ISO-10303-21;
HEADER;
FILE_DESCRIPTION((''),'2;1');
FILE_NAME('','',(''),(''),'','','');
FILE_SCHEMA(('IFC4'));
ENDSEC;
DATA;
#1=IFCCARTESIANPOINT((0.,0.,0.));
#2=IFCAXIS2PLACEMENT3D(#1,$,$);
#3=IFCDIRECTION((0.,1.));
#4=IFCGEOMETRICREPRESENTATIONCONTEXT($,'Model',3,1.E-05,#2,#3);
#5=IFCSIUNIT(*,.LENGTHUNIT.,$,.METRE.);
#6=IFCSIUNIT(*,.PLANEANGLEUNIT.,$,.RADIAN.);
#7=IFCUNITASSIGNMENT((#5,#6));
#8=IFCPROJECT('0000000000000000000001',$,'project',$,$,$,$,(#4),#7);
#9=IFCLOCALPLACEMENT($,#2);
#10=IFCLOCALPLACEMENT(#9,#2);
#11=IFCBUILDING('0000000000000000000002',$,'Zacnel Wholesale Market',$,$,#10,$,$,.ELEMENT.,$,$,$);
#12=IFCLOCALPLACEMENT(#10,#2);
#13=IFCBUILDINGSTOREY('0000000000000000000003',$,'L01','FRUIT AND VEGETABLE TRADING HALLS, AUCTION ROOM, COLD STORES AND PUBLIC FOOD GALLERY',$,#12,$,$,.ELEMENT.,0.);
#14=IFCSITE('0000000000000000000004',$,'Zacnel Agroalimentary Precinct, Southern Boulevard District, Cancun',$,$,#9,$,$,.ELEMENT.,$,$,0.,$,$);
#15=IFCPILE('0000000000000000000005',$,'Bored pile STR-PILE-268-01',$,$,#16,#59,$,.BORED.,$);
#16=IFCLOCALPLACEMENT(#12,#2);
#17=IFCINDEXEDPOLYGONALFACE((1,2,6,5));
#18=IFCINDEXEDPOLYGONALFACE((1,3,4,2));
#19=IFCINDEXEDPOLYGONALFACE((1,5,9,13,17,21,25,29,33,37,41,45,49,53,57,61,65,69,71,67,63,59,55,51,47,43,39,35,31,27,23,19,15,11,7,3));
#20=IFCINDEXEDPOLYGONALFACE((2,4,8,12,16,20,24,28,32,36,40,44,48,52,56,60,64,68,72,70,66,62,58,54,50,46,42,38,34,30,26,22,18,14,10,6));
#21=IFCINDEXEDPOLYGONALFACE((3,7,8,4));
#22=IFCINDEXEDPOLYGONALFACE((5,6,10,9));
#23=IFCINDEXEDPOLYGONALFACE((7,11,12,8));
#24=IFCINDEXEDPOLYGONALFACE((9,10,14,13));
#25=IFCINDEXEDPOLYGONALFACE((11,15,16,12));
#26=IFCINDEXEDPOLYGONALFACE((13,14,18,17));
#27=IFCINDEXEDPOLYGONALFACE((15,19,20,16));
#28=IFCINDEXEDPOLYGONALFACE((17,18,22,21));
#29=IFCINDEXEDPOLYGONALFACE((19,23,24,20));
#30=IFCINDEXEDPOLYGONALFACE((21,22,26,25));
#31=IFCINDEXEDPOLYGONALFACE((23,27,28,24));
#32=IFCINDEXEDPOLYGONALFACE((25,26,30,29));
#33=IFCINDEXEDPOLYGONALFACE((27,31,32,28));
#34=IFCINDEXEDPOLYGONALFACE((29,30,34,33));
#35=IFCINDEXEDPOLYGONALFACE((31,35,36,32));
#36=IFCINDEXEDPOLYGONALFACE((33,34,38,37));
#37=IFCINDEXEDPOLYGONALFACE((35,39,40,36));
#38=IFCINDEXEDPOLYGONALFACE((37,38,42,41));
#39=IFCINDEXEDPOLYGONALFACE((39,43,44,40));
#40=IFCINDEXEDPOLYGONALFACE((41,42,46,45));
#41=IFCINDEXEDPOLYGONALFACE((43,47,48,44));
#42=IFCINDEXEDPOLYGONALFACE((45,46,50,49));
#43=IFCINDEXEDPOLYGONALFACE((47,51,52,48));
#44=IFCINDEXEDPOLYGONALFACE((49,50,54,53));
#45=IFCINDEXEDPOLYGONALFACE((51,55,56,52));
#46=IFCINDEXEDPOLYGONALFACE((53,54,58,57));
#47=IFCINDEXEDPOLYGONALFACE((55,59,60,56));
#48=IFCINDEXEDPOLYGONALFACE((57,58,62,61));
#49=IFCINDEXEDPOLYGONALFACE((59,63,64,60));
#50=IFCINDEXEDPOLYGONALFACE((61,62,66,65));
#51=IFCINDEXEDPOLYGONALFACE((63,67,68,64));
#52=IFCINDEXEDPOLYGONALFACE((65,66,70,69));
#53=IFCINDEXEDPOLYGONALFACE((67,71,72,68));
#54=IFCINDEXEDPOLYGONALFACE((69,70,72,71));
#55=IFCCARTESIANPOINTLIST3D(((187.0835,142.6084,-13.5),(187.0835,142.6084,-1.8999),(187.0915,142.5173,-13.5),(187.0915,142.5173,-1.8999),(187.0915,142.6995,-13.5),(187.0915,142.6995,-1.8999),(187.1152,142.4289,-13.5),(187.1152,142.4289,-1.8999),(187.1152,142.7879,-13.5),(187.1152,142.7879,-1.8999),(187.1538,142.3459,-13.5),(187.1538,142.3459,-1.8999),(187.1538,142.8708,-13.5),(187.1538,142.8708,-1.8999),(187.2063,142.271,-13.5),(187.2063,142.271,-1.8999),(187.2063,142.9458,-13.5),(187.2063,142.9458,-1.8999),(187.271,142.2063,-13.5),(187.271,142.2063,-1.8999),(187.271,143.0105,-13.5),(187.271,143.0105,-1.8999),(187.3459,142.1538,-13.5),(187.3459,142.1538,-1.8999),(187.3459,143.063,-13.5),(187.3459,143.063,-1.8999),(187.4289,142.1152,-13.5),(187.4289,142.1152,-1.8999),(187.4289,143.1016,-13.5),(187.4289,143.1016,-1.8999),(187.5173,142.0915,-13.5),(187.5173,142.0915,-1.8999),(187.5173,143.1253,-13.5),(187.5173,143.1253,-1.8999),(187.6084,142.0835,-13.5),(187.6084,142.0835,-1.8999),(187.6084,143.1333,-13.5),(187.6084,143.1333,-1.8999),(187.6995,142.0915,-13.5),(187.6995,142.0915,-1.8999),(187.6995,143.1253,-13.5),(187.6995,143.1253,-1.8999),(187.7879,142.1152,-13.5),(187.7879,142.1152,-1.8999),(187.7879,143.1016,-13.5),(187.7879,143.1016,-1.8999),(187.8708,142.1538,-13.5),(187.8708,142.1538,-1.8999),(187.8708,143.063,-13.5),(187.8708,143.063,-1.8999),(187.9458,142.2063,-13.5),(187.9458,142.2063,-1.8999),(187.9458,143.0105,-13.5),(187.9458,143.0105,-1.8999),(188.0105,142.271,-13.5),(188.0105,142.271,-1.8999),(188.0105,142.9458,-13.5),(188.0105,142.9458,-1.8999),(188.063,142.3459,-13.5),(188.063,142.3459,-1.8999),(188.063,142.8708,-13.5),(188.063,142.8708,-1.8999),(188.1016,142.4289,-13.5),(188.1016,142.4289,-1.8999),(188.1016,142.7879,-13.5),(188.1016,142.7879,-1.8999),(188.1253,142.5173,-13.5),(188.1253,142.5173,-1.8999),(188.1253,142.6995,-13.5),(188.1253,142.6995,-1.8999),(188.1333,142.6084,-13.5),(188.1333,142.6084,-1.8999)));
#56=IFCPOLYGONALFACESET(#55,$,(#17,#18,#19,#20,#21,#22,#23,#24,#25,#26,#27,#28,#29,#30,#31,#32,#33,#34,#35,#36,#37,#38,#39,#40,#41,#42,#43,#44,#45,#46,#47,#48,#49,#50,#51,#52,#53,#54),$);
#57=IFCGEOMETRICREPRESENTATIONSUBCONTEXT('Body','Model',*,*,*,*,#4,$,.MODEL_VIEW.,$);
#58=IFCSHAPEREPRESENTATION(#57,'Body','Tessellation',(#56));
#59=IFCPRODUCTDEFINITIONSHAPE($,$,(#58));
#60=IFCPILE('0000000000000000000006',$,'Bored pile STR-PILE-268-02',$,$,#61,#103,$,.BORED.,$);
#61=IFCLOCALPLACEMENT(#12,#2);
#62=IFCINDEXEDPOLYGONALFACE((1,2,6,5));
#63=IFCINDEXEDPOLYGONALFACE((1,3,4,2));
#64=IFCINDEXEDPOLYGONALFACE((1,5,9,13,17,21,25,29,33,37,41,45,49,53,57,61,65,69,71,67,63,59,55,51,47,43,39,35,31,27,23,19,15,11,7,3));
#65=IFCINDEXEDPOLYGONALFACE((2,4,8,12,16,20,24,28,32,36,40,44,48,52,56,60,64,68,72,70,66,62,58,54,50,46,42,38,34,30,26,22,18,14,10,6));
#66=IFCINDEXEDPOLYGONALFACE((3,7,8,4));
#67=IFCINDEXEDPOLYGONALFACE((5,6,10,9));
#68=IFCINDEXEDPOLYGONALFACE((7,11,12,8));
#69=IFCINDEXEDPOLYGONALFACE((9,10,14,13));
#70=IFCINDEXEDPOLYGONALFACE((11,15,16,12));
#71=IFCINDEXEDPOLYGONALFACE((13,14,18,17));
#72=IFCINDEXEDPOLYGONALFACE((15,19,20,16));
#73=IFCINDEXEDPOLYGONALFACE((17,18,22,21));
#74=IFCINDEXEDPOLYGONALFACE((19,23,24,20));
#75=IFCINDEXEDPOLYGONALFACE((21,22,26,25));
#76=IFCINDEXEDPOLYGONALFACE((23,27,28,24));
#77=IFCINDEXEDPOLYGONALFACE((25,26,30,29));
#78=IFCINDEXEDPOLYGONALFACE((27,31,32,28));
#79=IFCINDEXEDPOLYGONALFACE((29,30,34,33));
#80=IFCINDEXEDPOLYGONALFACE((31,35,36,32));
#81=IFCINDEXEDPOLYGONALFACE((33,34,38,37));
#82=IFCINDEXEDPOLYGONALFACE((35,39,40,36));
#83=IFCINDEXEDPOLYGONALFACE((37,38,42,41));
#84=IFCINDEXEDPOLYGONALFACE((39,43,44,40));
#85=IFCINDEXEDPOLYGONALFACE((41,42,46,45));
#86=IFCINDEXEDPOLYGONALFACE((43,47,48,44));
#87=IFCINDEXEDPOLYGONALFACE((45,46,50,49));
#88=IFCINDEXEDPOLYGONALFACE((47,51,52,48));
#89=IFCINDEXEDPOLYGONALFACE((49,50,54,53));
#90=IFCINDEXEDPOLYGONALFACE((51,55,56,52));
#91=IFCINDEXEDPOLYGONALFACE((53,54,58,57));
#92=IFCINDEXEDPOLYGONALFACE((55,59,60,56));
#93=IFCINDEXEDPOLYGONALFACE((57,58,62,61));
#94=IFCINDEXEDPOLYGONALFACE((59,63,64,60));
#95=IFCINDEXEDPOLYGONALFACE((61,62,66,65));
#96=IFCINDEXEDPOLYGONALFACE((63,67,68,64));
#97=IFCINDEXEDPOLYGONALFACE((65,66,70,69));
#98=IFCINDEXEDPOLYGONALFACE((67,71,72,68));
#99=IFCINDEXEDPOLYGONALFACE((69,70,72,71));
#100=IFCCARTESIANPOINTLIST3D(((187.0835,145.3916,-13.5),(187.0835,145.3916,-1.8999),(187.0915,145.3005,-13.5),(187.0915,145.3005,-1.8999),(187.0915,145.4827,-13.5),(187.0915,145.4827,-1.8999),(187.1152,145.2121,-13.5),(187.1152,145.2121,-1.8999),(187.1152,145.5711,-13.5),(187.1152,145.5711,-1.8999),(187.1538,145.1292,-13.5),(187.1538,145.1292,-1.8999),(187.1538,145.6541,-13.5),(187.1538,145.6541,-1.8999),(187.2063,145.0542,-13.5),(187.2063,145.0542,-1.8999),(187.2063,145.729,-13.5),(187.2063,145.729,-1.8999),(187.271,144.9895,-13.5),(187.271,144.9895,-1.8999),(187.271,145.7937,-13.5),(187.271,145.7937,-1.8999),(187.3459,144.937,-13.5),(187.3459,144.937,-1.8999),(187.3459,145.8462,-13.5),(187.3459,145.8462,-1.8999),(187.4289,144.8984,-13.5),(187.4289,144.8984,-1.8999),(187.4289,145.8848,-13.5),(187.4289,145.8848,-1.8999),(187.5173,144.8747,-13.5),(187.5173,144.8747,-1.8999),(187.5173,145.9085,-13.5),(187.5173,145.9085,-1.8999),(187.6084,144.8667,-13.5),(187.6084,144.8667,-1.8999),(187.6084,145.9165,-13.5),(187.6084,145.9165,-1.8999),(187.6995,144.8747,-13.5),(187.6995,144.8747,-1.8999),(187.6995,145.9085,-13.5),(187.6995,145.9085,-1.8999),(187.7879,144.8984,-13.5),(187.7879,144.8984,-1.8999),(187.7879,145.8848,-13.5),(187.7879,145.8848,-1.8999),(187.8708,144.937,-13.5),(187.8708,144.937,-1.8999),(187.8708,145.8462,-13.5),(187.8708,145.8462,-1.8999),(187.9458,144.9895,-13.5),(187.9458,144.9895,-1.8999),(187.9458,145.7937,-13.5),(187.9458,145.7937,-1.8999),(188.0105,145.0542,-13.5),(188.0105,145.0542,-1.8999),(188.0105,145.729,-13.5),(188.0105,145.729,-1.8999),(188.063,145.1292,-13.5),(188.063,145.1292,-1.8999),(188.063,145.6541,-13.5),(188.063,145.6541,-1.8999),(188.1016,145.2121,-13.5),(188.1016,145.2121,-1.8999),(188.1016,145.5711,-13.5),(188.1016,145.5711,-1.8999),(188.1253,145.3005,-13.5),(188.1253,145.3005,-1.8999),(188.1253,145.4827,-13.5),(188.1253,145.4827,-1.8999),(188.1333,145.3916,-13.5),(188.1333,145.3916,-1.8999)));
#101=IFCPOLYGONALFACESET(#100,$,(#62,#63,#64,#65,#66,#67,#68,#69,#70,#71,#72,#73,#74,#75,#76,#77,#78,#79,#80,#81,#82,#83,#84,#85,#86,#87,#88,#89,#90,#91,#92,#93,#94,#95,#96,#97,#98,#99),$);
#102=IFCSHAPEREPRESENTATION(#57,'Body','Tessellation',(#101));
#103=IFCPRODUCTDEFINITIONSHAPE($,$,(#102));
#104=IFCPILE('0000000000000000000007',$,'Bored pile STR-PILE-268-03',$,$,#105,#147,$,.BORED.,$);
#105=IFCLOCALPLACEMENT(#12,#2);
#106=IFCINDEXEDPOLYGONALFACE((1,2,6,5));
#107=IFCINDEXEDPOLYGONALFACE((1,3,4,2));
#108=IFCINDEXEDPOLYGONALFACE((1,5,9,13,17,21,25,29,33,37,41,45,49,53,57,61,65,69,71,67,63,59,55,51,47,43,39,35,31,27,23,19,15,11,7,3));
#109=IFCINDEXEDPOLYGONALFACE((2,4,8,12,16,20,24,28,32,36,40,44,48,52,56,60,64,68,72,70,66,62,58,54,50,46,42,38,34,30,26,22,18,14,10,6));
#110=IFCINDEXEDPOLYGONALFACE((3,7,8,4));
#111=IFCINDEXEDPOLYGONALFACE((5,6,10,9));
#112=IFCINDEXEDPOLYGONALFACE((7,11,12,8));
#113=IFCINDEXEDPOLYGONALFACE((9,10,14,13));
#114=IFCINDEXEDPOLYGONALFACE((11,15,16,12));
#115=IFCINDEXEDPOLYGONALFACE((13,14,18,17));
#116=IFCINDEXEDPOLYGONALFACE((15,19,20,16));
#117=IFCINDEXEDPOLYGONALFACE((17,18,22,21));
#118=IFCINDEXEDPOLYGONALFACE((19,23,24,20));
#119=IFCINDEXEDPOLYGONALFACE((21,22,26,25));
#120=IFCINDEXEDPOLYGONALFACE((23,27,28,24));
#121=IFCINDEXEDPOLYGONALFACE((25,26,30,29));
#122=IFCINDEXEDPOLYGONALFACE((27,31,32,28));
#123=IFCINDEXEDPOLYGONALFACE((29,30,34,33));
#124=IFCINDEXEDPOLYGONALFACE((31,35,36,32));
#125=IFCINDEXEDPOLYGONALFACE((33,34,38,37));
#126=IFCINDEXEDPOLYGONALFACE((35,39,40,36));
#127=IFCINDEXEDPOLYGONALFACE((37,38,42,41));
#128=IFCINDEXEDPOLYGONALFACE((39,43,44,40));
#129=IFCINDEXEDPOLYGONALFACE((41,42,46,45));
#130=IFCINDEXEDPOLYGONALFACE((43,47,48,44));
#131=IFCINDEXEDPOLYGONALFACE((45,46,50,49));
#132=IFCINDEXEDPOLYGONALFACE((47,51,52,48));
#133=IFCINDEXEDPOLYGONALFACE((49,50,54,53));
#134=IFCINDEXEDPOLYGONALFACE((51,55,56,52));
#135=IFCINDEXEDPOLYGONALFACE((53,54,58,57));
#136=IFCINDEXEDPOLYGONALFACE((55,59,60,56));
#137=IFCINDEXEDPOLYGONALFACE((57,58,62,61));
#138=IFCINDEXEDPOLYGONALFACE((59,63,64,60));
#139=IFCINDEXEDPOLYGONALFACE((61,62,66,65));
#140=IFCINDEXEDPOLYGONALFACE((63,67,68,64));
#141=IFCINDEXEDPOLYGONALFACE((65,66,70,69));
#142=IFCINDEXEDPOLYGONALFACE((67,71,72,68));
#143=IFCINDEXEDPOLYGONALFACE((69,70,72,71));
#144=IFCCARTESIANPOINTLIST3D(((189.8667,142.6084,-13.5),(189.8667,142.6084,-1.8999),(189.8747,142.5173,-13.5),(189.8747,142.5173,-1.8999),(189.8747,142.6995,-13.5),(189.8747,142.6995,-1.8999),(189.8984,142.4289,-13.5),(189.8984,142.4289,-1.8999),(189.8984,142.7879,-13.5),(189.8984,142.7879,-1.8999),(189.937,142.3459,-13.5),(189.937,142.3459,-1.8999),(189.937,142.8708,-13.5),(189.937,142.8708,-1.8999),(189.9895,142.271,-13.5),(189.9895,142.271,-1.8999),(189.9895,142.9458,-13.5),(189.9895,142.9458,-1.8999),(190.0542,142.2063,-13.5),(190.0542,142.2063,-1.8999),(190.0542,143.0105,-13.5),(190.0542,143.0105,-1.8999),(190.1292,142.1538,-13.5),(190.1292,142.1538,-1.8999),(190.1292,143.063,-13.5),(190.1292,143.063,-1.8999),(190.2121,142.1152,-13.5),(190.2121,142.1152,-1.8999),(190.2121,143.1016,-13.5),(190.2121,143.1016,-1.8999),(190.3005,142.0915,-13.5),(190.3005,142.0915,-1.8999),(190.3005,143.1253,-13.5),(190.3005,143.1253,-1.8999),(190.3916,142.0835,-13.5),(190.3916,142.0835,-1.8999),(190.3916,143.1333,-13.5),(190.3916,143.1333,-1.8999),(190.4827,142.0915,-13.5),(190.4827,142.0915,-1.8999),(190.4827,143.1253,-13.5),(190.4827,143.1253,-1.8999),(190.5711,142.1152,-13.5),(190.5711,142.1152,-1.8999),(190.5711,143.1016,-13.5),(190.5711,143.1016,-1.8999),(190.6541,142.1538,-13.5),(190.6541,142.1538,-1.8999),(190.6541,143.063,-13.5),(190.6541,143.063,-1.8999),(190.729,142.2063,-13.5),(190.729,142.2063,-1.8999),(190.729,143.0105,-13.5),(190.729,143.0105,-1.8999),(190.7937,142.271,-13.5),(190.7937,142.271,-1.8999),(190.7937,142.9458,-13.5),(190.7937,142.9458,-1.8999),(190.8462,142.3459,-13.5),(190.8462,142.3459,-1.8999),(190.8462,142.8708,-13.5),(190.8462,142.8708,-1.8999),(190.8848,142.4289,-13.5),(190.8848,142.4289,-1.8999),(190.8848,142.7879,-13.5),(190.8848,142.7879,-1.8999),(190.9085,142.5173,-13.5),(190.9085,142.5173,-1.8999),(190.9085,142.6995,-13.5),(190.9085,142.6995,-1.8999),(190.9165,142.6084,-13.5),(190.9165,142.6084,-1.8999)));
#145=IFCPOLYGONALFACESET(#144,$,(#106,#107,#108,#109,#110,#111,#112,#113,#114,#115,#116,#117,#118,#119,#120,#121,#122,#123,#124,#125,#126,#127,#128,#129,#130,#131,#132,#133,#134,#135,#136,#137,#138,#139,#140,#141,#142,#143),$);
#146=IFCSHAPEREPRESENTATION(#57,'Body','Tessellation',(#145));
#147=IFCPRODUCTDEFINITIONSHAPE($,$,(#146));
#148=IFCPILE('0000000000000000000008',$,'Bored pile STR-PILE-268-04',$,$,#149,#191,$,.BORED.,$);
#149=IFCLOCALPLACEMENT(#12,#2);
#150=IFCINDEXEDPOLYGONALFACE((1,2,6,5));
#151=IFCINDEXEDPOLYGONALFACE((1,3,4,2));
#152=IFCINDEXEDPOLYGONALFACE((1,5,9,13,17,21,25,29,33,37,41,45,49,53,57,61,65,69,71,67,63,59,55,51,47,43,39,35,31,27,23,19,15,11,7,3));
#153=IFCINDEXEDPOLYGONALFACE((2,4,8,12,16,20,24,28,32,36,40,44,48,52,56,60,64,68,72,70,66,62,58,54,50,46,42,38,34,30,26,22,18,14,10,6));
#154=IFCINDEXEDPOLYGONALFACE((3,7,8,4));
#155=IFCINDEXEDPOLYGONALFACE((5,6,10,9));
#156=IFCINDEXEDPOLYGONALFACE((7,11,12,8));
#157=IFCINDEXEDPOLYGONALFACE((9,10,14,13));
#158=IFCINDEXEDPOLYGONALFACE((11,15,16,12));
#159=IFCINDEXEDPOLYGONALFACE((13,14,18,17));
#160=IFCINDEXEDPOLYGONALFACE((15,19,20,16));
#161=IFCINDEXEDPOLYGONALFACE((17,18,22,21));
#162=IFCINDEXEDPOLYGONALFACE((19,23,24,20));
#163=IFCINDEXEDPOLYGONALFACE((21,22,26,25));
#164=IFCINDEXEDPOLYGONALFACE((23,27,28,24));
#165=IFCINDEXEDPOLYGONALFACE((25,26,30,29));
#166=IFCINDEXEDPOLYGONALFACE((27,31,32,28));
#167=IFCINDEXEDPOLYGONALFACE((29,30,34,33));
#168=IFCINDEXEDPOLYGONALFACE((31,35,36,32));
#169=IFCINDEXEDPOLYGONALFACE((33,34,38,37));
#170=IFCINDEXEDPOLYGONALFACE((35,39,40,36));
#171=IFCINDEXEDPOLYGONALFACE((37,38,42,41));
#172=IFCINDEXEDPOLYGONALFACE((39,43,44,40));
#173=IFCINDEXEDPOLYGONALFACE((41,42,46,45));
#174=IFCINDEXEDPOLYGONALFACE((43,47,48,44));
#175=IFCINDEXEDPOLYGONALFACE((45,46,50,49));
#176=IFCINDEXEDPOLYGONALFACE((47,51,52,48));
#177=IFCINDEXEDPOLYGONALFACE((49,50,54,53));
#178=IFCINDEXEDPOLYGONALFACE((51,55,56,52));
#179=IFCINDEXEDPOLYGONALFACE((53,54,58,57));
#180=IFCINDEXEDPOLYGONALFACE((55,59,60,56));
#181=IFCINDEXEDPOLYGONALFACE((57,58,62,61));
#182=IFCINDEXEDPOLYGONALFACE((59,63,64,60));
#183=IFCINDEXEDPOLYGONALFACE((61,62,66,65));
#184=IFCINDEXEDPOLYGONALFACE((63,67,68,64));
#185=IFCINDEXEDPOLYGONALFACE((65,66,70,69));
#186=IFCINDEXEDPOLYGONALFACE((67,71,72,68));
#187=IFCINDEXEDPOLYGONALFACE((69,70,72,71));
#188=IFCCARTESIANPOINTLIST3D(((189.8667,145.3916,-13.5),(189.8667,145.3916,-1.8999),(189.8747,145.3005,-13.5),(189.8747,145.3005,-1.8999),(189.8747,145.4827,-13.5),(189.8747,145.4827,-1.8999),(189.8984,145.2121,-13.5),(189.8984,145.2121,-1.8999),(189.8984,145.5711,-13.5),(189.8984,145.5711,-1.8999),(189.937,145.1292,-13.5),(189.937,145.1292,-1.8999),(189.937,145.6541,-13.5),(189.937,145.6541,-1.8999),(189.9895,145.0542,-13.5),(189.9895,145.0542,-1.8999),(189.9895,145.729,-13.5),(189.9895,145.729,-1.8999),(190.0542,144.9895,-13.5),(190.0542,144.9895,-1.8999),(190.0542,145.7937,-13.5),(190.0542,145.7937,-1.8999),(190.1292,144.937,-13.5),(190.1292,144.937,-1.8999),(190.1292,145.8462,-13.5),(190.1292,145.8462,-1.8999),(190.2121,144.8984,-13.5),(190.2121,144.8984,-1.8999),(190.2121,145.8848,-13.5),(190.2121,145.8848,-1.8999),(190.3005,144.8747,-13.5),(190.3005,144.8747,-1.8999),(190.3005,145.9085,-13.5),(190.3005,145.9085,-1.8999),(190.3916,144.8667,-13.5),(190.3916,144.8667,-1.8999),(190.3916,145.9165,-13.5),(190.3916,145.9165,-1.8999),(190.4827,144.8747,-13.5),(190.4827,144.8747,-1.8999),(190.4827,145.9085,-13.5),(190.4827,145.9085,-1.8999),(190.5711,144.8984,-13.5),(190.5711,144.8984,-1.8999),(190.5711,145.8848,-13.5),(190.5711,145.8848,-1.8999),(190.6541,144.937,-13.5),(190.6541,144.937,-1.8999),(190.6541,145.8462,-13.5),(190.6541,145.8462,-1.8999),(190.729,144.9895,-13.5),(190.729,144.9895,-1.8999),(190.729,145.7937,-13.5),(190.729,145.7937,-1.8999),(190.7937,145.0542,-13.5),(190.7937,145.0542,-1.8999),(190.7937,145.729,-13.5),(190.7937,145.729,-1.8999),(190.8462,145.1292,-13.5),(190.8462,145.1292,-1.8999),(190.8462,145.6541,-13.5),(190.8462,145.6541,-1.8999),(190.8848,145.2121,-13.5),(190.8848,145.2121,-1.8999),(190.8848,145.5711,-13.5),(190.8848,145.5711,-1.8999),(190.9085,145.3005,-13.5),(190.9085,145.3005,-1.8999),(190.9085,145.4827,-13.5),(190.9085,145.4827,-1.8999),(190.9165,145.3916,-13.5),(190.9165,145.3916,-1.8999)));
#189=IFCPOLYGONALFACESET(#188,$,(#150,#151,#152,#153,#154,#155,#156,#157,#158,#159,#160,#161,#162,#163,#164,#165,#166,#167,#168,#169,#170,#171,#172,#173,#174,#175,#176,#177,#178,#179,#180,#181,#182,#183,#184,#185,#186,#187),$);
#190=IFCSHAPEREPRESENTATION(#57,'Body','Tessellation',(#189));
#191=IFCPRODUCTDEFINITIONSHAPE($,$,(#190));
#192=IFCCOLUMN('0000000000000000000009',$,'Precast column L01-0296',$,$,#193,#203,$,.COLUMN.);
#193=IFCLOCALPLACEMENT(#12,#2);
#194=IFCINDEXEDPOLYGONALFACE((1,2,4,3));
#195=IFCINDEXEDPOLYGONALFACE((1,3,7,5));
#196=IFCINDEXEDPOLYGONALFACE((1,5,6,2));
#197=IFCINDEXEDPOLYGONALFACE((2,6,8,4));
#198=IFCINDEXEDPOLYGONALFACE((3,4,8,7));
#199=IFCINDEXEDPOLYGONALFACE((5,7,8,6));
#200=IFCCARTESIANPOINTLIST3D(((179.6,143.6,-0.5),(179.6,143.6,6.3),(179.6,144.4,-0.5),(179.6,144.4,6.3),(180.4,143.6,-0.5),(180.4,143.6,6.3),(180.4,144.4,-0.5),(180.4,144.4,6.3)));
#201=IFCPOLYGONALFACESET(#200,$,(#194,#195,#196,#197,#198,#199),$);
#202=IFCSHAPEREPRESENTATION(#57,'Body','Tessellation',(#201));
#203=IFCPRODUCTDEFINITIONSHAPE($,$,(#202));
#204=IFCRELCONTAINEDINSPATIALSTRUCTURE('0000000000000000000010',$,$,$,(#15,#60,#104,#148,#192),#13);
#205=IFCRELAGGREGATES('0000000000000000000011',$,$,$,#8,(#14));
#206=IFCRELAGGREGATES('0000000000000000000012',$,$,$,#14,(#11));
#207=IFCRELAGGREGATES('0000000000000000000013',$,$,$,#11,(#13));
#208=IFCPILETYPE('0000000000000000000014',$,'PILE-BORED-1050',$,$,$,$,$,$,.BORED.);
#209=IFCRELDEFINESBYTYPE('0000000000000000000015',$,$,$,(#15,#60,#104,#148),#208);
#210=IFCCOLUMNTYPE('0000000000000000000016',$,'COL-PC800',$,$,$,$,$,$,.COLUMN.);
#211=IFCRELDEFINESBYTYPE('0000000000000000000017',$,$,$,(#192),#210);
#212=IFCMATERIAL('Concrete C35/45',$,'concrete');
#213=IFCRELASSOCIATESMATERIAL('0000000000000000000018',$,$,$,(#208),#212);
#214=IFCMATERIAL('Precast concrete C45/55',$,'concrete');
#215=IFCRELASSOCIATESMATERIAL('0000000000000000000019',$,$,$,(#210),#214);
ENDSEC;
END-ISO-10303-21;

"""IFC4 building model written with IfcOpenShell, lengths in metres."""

from ifc_helpers import new_model, si_unit, direction, frame, origin, origin_2d, place, context, subcontext, project, spatial, rectangle, circle, extrude, material, material_profile, profile_set, type_object, element, save


model = new_model("IFC4")

# Units and contexts
model_context = context("Model", 3, precision=1e-05, world=origin(), true_north=direction((0.0, 1.0)))
body_context = subcontext(model_context, "Body", "Model", "MODEL_VIEW")
ifc_project = project(units=[si_unit("LENGTHUNIT", "METRE"), si_unit("PLANEANGLEUNIT", "RADIAN")], contexts=[model_context])

# Site, building, storey
site_placement = place(None, origin())
site = spatial("IfcSite", under=ifc_project, at=site_placement, Name="Zacnel Agroalimentary Precinct, Southern Boulevard District, Cancun", CompositionType="ELEMENT", RefElevation=0.0)
building_placement = place(site_placement, origin())
building = spatial("IfcBuilding", under=site, at=building_placement, Name="Zacnel Wholesale Market", CompositionType="ELEMENT")
storey_placement = place(building_placement, origin())
storey = spatial("IfcBuildingStorey", under=building, at=storey_placement, Name="L01", Description="FRUIT AND VEGETABLE TRADING HALLS, AUCTION ROOM, COLD STORES AND PUBLIC FOOD GALLERY", CompositionType="ELEMENT", Elevation=0.0)

# Piles
ifc_material_1 = material(Name="Concrete C35/45", Category="concrete")
ifc_material_profile_1 = material_profile(ifc_material_1, circle(Radius=0.5249, at=origin_2d()), Name="BORED PILE D1050")
ifc_profile_set_1 = profile_set([ifc_material_profile_1], Name="Concrete C35/45")
pile_type = type_object("IfcPileType", Name="PILE-BORED-1050", PredefinedType="BORED", material=ifc_profile_set_1)
for number, where, z_axis, x_axis, name in (
    (1, (187.6084, 142.6084, -1.8999), (0.0, 0.0, -1.0), (1.0, 0.0, 0.0), "Bored pile STR-PILE-268-01"),
    (2, (187.6084, 145.3916, -1.8999), (0.0, 0.0, -1.0), (1.0, 0.0, 0.0), "Bored pile STR-PILE-268-02"),
    (3, (190.3916, 142.6084, -1.8999), (0.0, 0.0, -1.0), (1.0, 0.0, 0.0), "Bored pile STR-PILE-268-03"),
    (4, (190.3916, 145.3916, -1.8999), (0.0, 0.0, -1.0), (1.0, 0.0, 0.0), "Bored pile STR-PILE-268-04"),
):
    element("IfcPile", number, at=place(storey_placement, frame(where, z_axis=z_axis, x_axis=x_axis)), inside=storey, type_object=pile_type, Name=name, PredefinedType="BORED", context=body_context, shape_type="SweptSolid", body=[
        extrude(circle(Radius=0.5249, at=origin_2d()), origin(), (0.0, 0.0, 1.0), 11.6001),
    ])

# Column
ifc_material_2 = material(Name="Precast concrete C45/55", Category="concrete")
ifc_material_profile_2 = material_profile(ifc_material_2, rectangle(XDim=0.8, YDim=0.8, at=origin_2d()), Name="PC 800x800")
ifc_profile_set_2 = profile_set([ifc_material_profile_2], Name="Precast concrete C45/55")
column_type_1 = type_object("IfcColumnType", Name="COL-PC800", PredefinedType="COLUMN", material=ifc_profile_set_2)
column_placement = place(storey_placement, frame((180.0, 144.0, -0.5), z_axis=(0.0, 0.0, 1.0), x_axis=(1.0, 0.0, 0.0)))
element("IfcColumn", 5, at=column_placement, inside=storey, type_object=column_type_1, Name="Precast column L01-0296", PredefinedType="COLUMN", context=body_context, shape_type="SweptSolid", body=[
    extrude(rectangle(XDim=0.8, YDim=0.8, at=origin_2d()), origin(), (0.0, 0.0, 1.0), 6.8),
])

save(model, "model.ifc")
